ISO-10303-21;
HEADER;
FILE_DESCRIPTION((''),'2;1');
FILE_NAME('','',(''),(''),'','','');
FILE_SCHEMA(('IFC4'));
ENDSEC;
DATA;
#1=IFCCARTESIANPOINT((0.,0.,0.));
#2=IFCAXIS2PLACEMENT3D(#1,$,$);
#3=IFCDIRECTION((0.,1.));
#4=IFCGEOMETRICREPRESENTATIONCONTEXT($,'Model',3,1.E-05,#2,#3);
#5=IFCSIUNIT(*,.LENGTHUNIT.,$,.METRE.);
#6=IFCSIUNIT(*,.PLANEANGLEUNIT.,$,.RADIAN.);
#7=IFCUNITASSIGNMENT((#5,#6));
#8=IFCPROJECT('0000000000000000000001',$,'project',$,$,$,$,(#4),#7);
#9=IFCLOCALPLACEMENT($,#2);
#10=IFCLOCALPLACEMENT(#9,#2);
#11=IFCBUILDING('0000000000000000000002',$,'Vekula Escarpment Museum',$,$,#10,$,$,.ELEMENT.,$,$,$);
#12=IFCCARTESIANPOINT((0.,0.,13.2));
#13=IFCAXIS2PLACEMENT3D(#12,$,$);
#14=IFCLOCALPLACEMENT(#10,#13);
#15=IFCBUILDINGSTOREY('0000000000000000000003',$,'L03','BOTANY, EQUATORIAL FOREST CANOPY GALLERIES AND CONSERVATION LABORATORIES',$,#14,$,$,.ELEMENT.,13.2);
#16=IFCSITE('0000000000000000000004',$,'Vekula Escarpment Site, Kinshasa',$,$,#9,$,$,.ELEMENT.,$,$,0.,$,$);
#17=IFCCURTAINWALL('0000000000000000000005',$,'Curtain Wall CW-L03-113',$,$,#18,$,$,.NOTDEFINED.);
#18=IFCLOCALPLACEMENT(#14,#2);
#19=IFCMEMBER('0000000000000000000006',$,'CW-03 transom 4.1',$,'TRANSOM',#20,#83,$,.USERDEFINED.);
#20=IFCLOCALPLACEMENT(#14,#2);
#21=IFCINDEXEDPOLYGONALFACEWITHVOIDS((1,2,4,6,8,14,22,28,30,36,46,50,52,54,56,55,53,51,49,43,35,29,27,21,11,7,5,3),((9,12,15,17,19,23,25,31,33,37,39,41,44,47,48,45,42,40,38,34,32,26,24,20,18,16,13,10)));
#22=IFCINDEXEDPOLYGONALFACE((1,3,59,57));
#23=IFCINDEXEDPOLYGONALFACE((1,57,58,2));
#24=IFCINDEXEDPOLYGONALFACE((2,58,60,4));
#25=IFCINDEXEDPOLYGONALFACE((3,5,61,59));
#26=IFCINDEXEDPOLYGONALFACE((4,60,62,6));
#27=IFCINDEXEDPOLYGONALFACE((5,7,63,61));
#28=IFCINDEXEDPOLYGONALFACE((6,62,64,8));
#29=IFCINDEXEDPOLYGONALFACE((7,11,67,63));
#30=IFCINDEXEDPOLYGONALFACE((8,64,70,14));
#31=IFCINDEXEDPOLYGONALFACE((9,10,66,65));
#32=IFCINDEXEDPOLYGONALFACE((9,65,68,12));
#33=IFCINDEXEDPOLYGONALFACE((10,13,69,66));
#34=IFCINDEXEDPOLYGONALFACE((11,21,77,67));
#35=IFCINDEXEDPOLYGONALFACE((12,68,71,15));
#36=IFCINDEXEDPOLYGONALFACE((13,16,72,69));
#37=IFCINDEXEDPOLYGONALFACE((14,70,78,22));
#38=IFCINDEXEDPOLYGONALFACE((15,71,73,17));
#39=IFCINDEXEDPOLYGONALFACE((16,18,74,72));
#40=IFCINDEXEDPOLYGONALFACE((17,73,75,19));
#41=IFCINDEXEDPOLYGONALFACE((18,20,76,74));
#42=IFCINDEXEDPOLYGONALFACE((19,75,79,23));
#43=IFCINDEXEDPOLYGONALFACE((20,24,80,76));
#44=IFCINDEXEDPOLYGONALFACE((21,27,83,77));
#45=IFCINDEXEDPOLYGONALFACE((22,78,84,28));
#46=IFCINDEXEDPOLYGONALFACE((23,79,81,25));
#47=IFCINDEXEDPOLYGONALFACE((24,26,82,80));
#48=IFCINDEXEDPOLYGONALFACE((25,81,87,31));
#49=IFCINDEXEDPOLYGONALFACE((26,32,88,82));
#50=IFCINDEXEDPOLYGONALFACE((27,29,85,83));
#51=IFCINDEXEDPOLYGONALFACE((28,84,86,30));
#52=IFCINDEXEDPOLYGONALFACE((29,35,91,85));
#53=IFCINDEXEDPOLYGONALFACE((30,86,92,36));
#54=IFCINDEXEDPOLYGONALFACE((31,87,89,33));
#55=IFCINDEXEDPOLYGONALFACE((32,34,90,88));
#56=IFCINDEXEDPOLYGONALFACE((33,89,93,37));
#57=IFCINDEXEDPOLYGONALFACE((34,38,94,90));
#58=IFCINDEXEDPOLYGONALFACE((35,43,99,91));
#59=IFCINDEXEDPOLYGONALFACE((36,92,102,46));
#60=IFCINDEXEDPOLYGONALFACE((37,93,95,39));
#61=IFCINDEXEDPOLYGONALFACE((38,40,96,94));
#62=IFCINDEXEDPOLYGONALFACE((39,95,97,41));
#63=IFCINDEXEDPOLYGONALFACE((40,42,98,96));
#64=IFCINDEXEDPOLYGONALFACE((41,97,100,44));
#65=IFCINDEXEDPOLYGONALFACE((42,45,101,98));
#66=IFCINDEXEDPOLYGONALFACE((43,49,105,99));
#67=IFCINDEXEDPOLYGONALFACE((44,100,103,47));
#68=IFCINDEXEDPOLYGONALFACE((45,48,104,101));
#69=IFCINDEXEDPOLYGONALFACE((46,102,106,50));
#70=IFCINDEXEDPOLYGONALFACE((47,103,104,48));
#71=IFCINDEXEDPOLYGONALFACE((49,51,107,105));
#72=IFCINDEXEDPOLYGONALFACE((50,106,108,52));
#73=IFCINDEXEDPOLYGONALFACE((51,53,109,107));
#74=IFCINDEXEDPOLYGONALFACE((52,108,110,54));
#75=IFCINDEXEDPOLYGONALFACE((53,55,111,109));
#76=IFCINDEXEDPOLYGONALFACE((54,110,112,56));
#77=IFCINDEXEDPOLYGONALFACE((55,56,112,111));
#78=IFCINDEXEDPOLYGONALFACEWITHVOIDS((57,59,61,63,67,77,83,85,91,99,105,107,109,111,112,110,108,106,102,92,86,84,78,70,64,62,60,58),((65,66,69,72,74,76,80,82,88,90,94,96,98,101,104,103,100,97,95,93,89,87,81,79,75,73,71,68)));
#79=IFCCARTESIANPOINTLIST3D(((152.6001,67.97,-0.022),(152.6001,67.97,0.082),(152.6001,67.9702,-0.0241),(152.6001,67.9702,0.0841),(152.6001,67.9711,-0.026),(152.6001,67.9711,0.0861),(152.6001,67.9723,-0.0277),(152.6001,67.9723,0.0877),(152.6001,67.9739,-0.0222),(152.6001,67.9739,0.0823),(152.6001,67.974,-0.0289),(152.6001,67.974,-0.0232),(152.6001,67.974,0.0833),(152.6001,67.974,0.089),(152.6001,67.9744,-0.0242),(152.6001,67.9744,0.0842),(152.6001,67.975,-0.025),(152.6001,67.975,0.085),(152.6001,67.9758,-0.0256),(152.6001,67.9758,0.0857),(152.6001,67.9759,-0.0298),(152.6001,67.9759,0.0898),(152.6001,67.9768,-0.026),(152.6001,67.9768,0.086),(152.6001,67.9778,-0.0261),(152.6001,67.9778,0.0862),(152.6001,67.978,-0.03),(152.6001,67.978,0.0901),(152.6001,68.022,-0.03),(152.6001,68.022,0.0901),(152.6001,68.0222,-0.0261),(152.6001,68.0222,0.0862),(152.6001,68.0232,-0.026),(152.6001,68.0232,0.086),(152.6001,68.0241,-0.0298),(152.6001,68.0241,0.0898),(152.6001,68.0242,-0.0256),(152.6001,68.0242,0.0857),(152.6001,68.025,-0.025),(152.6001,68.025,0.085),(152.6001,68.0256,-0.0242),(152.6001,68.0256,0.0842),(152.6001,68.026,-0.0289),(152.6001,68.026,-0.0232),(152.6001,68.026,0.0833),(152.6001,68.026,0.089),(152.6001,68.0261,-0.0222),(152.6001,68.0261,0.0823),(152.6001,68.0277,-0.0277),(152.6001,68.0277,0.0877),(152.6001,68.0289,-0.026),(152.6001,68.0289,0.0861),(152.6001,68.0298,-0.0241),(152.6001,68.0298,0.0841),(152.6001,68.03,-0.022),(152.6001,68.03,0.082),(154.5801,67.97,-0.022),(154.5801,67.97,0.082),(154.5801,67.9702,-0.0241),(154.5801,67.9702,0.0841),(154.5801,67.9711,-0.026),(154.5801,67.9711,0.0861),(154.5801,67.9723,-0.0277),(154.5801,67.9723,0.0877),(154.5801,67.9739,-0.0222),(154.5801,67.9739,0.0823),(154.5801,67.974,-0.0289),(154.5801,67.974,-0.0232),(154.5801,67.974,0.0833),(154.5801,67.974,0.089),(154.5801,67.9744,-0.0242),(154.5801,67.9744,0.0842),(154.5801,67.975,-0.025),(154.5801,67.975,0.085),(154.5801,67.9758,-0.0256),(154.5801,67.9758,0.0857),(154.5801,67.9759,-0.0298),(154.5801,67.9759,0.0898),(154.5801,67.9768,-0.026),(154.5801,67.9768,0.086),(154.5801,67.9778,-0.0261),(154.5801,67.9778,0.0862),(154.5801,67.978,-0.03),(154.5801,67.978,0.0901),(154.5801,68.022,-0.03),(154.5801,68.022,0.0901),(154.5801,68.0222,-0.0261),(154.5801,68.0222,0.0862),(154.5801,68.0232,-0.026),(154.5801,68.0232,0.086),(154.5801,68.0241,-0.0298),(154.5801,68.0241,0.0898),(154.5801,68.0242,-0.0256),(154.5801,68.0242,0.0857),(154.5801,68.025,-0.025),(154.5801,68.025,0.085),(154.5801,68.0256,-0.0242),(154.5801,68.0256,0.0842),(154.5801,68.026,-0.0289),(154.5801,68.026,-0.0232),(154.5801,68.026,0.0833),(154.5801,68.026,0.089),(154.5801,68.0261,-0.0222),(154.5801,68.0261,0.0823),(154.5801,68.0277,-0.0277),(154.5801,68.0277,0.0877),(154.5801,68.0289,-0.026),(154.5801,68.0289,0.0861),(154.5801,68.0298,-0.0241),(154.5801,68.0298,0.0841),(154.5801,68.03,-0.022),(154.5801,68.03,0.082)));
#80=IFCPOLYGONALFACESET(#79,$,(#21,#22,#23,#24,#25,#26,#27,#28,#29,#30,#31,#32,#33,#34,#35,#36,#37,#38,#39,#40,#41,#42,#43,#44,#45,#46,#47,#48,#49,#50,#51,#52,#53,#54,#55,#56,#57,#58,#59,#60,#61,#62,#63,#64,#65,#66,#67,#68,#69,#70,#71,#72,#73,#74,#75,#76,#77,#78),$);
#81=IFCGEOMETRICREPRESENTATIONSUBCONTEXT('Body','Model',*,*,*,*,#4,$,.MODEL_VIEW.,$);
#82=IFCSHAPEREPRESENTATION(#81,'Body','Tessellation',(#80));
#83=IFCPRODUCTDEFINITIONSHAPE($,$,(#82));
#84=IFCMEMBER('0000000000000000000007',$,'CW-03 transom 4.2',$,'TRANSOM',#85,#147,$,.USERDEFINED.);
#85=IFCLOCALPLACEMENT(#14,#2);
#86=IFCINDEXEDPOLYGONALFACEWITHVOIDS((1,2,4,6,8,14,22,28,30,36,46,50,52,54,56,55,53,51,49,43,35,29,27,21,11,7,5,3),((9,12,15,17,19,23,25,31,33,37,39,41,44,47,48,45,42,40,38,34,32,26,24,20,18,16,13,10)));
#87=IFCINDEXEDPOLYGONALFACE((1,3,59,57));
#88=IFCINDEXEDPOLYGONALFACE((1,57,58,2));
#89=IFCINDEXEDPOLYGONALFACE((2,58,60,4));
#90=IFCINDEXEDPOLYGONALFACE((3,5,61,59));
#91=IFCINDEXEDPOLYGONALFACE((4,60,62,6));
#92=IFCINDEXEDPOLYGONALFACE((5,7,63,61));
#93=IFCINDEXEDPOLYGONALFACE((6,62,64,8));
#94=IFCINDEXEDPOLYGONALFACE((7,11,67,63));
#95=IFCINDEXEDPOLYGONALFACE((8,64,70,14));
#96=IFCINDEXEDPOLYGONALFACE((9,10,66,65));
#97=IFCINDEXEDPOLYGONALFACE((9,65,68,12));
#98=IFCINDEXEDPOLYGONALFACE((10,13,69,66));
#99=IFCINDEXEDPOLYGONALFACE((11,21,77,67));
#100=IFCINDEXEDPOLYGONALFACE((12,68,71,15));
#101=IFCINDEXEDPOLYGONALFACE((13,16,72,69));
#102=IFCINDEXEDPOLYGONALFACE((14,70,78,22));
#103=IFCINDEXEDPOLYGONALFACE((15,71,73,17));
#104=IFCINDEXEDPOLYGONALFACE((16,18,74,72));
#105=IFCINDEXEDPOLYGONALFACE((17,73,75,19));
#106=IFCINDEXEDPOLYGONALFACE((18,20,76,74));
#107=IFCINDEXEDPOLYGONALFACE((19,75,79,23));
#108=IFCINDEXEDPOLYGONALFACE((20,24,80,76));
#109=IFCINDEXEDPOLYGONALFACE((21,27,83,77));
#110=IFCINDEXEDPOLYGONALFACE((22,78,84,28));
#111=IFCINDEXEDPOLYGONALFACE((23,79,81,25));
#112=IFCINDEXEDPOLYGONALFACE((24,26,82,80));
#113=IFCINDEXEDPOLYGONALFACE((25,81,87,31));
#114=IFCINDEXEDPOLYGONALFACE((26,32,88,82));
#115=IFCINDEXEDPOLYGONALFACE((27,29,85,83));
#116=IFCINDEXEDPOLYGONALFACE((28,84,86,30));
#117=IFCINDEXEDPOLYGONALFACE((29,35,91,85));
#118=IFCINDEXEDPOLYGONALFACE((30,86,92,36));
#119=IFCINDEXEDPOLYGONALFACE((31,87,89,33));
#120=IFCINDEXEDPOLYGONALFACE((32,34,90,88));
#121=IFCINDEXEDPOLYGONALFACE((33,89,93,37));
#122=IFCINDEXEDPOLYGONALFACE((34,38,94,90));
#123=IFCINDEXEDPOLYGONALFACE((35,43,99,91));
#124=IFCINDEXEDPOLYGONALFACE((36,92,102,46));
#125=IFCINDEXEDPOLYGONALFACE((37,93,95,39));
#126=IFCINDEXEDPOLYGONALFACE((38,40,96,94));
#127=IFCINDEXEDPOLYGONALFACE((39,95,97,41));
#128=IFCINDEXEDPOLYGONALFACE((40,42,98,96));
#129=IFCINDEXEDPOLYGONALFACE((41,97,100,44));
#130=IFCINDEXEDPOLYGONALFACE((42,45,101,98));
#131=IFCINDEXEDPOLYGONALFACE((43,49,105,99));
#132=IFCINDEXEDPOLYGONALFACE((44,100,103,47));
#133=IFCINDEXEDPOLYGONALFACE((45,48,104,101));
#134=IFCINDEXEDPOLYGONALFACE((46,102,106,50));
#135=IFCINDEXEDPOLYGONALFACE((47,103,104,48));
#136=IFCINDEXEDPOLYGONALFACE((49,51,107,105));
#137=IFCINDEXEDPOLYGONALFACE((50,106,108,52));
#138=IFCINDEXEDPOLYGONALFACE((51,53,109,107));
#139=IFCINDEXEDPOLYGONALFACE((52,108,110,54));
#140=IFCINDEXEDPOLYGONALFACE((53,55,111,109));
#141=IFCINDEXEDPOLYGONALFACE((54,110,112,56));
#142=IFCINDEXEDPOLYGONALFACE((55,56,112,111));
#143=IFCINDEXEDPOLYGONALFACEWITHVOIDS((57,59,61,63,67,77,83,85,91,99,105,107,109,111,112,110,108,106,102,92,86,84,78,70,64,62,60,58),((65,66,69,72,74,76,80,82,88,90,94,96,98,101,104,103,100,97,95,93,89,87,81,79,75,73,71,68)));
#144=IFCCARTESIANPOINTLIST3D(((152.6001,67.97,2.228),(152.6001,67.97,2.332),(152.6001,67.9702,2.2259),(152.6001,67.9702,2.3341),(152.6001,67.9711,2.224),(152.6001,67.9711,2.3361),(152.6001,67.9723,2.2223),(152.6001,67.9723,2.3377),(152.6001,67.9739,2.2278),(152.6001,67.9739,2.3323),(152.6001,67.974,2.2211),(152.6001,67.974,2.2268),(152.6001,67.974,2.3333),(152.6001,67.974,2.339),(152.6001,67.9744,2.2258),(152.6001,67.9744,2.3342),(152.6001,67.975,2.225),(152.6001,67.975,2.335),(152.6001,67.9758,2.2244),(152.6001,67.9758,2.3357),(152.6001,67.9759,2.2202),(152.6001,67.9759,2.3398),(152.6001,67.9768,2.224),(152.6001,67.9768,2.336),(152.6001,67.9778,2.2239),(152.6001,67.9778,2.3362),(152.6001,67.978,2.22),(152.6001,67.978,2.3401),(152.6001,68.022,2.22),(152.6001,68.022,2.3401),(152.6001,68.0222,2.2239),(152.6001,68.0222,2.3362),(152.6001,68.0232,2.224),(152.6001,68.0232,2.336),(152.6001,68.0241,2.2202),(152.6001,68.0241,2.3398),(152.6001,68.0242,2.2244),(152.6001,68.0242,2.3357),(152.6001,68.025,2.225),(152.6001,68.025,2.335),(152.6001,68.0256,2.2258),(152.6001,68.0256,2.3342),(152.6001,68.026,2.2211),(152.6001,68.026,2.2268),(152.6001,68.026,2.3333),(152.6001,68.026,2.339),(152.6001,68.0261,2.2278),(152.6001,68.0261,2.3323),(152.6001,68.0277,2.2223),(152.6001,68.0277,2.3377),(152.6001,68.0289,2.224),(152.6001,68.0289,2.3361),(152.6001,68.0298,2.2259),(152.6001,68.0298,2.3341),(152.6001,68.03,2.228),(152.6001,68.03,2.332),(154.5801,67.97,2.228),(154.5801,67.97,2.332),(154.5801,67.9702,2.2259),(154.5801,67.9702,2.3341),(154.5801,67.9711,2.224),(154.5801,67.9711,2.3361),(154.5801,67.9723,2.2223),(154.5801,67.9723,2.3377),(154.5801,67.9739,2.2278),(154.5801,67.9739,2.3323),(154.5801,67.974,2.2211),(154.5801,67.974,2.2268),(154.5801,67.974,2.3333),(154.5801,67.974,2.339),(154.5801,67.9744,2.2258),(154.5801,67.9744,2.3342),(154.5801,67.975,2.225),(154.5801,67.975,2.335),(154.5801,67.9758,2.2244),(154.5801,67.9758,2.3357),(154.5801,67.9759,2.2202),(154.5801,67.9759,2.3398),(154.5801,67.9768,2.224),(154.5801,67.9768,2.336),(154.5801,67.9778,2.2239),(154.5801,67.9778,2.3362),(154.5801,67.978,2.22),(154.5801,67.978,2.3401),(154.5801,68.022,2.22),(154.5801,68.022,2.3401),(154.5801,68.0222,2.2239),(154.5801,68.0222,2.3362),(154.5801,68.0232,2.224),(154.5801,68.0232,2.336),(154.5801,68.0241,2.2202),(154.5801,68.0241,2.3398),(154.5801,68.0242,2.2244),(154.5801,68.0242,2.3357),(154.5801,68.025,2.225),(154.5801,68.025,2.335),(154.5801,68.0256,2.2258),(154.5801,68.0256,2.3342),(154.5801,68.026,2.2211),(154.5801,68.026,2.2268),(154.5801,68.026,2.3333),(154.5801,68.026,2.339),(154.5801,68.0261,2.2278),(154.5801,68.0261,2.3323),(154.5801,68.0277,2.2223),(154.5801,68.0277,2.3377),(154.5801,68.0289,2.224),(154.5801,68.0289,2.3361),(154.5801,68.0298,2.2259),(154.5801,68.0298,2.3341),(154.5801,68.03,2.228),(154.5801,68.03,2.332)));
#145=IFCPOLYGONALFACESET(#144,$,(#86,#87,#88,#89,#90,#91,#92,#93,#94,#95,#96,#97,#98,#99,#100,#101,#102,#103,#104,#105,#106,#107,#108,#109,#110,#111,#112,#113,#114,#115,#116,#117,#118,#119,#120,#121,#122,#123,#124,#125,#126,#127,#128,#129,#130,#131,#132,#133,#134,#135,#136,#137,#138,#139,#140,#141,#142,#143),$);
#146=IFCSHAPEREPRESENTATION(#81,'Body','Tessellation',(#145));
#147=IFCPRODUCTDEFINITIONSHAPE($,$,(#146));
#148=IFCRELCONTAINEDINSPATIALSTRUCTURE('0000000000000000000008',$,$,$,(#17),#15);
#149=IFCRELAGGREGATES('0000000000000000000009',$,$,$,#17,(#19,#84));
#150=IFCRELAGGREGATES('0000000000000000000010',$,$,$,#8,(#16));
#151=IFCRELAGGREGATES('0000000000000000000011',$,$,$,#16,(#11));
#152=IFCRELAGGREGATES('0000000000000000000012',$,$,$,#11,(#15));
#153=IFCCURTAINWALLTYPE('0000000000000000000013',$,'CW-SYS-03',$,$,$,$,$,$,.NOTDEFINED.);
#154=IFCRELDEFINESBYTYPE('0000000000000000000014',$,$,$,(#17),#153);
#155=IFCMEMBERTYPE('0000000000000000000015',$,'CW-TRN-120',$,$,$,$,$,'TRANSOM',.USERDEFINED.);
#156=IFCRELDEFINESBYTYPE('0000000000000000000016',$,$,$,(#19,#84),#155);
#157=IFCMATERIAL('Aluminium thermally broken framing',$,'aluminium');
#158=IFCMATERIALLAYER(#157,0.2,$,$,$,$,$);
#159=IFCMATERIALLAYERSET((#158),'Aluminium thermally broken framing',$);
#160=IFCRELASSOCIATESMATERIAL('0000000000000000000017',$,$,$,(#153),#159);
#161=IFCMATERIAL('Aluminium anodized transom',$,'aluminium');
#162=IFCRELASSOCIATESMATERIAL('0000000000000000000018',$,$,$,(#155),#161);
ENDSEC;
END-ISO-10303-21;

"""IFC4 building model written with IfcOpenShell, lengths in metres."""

from ifc_helpers import new_model, si_unit, direction, frame, origin, origin_2d, place, context, subcontext, project, spatial, hollow_rectangle, extrude, material, layer, layer_set, material_profile, profile_set, type_object, element, aggregate, save


model = new_model("IFC4")

# Units and contexts
model_context = context("Model", 3, precision=1e-05, world=origin(), true_north=direction((0.0, 1.0)))
body_context = subcontext(model_context, "Body", "Model", "MODEL_VIEW")
ifc_project = project(units=[si_unit("LENGTHUNIT", "METRE"), si_unit("PLANEANGLEUNIT", "RADIAN")], contexts=[model_context])

# Site, building, storey
site_placement = place(None, origin())
site = spatial("IfcSite", under=ifc_project, at=site_placement, Name="Vekula Escarpment Site, Kinshasa", CompositionType="ELEMENT", RefElevation=0.0)
building_placement = place(site_placement, origin())
building = spatial("IfcBuilding", under=site, at=building_placement, Name="Vekula Escarpment Museum", CompositionType="ELEMENT")
storey_placement = place(building_placement, frame((0.0, 0.0, 13.2)))
storey = spatial("IfcBuildingStorey", under=building, at=storey_placement, Name="L03", Description="BOTANY, EQUATORIAL FOREST CANOPY GALLERIES AND CONSERVATION LABORATORIES", CompositionType="ELEMENT", Elevation=13.2)

# Curtain wall
ifc_material_1 = material(Name="Aluminium thermally broken framing", Category="aluminium")
ifc_layer_1 = layer(ifc_material_1, 0.2)
ifc_layer_set_1 = layer_set([ifc_layer_1], Name="Aluminium thermally broken framing")
curtain_wall_type_1 = type_object("IfcCurtainWallType", Name="CW-SYS-03", PredefinedType="NOTDEFINED", material=ifc_layer_set_1)
curtain_wall_1_placement = place(storey_placement, origin())
curtain_wall_1 = element("IfcCurtainWall", 1, at=curtain_wall_1_placement, inside=storey, type_object=curtain_wall_type_1, Name="Curtain Wall CW-L03-113", PredefinedType="NOTDEFINED")

# Members
ifc_material_2 = material(Name="Aluminium anodized transom", Category="aluminium")
ifc_material_profile_1 = material_profile(ifc_material_2, hollow_rectangle(XDim=0.0601, YDim=0.1201, WallThickness=0.0039, InnerFilletRadius=0.0039, OuterFilletRadius=0.0081, at=origin_2d()), Name="ALU 120x60x4")
ifc_profile_set_1 = profile_set([ifc_material_profile_1], Name="Aluminium anodized transom")
member_type_1 = type_object("IfcMemberType", Name="CW-TRN-120", ElementType="TRANSOM", PredefinedType="USERDEFINED", material=ifc_profile_set_1)
member_1_placement = place(storey_placement, frame((152.6001, 68.0, 0.03), z_axis=(1.0, 0.0, 0.0), x_axis=(0.0, 1.0, 0.0)))
member_1 = element("IfcMember", 2, at=member_1_placement, type_object=member_type_1, Name="CW-03 transom 4.1", ObjectType="TRANSOM", PredefinedType="USERDEFINED", context=body_context, shape_type="SweptSolid", body=[
    extrude(hollow_rectangle(XDim=0.0601, YDim=0.1201, WallThickness=0.0039, InnerFilletRadius=0.0039, OuterFilletRadius=0.0081, at=origin_2d()), origin(), (0.0, 0.0, 1.0), 1.98),
])
member_2_placement = place(storey_placement, frame((152.6001, 68.0, 2.28), z_axis=(1.0, 0.0, 0.0), x_axis=(0.0, 1.0, 0.0)))
member_2 = element("IfcMember", 3, at=member_2_placement, type_object=member_type_1, Name="CW-03 transom 4.2", ObjectType="TRANSOM", PredefinedType="USERDEFINED", context=body_context, shape_type="SweptSolid", body=[
    extrude(hollow_rectangle(XDim=0.0601, YDim=0.1201, WallThickness=0.0039, InnerFilletRadius=0.0039, OuterFilletRadius=0.0081, at=origin_2d()), origin(), (0.0, 0.0, 1.0), 1.98),
])

aggregate(curtain_wall_1, [member_1, member_2])

save(model, "model.ifc")
